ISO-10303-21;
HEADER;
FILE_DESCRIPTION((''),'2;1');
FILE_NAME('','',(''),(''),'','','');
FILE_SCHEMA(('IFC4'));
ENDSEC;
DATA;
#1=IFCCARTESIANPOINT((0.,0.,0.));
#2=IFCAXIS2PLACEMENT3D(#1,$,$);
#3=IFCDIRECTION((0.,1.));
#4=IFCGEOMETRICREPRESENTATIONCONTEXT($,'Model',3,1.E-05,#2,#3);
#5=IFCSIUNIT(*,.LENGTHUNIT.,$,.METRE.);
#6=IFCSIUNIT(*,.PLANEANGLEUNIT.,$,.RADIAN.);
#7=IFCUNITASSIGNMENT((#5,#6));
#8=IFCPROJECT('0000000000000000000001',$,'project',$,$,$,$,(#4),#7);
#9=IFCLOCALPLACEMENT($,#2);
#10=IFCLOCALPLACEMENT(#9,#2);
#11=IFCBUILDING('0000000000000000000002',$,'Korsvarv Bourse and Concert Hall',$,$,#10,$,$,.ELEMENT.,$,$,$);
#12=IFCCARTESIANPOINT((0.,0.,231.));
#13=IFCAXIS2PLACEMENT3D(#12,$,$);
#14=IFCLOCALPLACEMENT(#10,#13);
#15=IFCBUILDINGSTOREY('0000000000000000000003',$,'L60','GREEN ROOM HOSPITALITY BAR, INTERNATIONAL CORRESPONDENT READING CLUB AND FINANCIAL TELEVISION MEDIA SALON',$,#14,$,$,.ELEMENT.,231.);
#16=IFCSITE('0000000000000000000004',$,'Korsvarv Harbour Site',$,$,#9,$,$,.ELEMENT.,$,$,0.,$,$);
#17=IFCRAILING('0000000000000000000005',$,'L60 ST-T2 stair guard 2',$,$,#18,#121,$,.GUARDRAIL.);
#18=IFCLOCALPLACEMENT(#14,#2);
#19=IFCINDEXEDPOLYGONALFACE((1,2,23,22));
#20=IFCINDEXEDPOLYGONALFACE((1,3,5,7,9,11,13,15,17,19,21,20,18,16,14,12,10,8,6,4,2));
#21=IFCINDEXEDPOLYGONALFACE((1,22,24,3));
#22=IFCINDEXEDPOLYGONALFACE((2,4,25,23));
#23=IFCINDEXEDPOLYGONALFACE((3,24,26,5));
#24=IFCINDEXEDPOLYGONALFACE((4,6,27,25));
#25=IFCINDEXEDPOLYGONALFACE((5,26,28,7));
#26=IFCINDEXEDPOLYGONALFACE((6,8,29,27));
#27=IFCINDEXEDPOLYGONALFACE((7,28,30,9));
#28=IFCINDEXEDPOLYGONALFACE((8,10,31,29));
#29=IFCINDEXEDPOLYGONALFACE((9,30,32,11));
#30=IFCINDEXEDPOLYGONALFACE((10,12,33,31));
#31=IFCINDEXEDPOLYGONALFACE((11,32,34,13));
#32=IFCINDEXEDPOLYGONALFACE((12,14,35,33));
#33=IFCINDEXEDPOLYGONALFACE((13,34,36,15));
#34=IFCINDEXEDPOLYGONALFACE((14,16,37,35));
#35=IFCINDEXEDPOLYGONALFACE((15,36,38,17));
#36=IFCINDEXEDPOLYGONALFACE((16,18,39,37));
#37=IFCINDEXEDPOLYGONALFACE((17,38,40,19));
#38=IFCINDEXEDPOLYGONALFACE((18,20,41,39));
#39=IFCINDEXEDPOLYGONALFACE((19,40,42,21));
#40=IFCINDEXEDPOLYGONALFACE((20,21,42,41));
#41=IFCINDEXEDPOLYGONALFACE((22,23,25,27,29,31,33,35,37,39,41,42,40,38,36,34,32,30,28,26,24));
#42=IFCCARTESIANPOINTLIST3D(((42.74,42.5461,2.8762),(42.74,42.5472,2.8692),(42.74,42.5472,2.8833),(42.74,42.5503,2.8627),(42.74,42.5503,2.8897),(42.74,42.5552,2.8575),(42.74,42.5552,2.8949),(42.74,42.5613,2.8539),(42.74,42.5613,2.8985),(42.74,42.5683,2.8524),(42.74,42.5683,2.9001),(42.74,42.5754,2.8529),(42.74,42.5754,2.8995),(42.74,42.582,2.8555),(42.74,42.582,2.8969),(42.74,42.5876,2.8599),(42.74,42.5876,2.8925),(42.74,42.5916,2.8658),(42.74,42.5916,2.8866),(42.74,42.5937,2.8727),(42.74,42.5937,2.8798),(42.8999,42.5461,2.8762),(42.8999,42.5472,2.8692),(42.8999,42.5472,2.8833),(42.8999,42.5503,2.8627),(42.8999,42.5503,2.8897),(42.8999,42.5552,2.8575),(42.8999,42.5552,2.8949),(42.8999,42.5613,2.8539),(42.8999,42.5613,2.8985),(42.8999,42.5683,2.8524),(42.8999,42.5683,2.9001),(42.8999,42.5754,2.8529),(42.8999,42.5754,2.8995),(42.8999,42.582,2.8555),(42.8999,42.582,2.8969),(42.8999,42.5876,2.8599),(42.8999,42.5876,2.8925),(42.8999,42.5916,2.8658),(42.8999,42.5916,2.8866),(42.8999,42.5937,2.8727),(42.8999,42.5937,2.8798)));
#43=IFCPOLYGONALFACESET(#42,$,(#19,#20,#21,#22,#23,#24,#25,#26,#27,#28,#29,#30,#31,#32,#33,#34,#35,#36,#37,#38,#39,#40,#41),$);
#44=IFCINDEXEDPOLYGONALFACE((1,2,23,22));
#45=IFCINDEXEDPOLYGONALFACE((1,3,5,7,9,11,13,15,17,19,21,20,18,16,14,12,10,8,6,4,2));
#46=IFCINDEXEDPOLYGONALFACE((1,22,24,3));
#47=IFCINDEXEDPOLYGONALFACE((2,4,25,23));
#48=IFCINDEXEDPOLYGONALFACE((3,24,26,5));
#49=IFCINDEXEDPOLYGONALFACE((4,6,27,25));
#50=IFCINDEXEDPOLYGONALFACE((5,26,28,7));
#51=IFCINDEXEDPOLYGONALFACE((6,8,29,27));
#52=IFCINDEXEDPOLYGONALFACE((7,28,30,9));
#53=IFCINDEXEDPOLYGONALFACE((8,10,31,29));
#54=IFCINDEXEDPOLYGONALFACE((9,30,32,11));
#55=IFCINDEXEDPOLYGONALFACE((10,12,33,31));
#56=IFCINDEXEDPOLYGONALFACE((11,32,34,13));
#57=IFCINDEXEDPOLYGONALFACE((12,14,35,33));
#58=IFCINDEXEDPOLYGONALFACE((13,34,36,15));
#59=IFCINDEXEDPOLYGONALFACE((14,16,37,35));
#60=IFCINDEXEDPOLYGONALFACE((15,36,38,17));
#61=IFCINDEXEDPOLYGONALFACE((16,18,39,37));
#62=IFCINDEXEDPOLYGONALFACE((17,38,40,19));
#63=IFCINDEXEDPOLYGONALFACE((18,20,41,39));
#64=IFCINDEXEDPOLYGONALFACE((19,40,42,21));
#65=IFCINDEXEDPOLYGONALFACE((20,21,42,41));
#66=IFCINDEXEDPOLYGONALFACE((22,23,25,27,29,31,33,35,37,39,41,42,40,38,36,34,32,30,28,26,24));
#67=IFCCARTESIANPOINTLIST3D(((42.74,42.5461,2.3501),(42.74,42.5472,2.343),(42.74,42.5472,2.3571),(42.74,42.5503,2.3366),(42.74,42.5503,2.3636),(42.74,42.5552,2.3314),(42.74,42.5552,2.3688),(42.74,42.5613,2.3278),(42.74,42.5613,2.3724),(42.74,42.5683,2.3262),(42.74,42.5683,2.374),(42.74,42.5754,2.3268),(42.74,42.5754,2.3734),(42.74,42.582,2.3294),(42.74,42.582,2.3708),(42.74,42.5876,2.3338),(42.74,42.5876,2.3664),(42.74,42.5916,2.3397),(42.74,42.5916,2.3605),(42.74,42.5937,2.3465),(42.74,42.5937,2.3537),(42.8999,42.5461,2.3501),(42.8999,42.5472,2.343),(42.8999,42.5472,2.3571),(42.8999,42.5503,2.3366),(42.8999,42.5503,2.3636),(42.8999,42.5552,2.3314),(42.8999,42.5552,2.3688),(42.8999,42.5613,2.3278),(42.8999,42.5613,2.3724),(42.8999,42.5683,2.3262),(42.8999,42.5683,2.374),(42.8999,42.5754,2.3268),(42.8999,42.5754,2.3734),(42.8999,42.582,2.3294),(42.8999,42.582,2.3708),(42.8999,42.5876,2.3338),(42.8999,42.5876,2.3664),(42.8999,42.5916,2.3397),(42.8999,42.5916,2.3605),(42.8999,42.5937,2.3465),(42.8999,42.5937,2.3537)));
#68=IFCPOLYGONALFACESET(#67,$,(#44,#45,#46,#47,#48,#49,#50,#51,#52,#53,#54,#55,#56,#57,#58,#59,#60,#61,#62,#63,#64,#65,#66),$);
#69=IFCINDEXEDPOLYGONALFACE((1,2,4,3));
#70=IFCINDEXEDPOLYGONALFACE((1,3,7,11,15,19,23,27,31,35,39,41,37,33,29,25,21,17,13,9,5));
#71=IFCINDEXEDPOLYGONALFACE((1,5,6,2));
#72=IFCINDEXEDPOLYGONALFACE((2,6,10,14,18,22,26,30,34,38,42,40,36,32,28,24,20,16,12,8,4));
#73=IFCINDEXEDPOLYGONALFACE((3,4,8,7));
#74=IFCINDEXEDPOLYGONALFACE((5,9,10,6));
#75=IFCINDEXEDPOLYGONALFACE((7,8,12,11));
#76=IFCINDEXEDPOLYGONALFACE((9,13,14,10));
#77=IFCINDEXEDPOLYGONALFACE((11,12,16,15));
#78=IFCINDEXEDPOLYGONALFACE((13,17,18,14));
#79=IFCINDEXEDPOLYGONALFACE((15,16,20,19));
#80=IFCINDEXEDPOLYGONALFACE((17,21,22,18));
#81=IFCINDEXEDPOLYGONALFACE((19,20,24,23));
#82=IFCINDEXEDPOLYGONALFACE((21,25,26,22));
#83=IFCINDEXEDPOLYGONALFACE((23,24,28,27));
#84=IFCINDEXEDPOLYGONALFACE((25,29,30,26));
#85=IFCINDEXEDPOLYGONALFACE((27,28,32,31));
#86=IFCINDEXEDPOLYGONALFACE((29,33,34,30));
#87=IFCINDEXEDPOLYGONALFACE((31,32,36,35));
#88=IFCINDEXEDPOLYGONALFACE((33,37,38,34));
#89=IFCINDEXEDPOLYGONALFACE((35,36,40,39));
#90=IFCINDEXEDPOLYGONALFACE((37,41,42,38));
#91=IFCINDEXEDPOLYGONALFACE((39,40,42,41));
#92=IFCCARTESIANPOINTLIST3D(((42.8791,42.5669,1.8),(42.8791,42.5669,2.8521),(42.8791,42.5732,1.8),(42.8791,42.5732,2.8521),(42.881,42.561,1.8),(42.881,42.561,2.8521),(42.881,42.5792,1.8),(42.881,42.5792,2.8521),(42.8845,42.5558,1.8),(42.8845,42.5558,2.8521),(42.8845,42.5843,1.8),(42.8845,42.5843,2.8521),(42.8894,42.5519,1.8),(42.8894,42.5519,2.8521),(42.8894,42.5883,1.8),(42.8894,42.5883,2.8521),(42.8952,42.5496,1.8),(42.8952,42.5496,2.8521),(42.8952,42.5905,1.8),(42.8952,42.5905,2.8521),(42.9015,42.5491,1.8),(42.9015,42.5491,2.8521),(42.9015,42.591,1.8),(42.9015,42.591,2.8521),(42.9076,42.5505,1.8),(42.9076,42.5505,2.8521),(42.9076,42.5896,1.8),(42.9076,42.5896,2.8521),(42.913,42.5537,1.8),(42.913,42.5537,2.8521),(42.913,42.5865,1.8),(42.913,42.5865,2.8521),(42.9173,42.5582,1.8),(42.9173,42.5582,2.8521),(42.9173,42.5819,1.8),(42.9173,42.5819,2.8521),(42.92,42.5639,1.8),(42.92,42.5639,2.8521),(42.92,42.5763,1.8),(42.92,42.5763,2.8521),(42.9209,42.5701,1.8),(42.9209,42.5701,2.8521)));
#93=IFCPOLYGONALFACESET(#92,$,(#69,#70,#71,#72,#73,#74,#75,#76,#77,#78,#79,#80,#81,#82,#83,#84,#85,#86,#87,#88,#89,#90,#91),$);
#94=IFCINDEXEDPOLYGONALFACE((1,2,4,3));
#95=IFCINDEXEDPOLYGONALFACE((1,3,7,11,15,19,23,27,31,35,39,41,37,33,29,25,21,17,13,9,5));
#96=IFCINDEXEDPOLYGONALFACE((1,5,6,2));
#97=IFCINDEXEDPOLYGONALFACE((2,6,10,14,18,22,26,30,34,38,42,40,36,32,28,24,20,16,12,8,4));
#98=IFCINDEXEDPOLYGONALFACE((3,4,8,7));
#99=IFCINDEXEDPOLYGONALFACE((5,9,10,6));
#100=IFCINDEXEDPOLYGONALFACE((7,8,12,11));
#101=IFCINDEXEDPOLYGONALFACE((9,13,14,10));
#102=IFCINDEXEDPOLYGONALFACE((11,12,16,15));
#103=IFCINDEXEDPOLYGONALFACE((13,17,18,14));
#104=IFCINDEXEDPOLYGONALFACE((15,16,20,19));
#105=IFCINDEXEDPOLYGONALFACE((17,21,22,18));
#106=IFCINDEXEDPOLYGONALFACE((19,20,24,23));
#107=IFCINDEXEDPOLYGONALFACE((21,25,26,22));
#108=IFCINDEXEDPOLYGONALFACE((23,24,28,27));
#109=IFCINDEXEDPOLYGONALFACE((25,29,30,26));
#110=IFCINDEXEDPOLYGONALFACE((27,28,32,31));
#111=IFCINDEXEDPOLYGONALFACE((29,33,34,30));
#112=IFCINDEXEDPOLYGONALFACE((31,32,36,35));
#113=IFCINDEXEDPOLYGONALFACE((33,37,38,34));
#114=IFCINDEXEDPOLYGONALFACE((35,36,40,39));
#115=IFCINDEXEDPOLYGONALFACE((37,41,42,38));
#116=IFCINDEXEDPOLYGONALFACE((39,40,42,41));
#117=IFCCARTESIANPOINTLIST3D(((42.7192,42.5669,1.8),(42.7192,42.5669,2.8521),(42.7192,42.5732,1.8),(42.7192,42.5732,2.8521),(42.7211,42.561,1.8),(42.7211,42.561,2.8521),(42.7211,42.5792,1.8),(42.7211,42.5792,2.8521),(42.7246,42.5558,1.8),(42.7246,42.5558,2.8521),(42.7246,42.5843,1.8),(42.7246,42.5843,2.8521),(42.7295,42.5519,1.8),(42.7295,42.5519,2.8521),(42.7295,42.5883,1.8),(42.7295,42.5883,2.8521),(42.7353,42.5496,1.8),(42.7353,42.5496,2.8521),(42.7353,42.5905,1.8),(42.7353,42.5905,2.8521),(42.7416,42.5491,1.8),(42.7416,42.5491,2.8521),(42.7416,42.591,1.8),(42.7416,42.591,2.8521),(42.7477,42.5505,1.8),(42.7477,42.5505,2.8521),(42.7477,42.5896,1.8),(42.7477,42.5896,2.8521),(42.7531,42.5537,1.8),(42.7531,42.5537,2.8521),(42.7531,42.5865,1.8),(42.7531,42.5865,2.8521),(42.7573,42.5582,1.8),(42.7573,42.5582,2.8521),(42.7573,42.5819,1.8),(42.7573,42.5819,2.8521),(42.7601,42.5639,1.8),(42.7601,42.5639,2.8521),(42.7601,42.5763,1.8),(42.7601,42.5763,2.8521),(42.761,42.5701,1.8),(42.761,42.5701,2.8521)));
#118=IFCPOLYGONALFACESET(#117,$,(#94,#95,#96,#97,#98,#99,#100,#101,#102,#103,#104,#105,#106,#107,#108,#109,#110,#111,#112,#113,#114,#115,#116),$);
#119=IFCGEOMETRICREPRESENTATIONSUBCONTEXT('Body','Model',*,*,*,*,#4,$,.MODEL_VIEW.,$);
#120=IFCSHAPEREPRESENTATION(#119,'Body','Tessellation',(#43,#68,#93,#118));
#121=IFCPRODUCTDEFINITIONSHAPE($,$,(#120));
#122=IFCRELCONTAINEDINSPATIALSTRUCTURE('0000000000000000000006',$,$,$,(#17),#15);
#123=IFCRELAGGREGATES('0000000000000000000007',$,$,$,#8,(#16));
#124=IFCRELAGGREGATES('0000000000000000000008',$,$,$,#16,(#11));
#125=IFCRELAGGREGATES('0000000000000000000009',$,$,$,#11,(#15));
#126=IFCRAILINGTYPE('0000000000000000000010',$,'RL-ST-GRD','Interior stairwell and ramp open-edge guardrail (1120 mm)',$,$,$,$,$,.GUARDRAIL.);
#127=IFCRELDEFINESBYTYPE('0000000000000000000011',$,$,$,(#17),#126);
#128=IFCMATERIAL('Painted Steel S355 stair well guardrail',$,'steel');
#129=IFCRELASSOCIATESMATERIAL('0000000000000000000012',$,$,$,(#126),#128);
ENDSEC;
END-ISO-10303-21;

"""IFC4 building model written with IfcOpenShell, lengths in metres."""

from ifc_helpers import new_model, si_unit, direction, frame, origin, origin_2d, place, context, subcontext, project, spatial, circle, extrude, material, type_object, element, save


model = new_model("IFC4")

# Units and contexts
model_context = context("Model", 3, precision=1e-05, world=origin(), true_north=direction((0.0, 1.0)))
body_context = subcontext(model_context, "Body", "Model", "MODEL_VIEW")
ifc_project = project(units=[si_unit("LENGTHUNIT", "METRE"), si_unit("PLANEANGLEUNIT", "RADIAN")], contexts=[model_context])

# Site, building, storey
site_placement = place(None, origin())
site = spatial("IfcSite", under=ifc_project, at=site_placement, Name="Korsvarv Harbour Site", CompositionType="ELEMENT", RefElevation=0.0)
building_placement = place(site_placement, origin())
building = spatial("IfcBuilding", under=site, at=building_placement, Name="Korsvarv Bourse and Concert Hall", CompositionType="ELEMENT")
storey_placement = place(building_placement, frame((0.0, 0.0, 231.0)))
storey = spatial("IfcBuildingStorey", under=building, at=storey_placement, Name="L60", Description="GREEN ROOM HOSPITALITY BAR, INTERNATIONAL CORRESPONDENT READING CLUB AND FINANCIAL TELEVISION MEDIA SALON", CompositionType="ELEMENT", Elevation=231.0)

# Railing
ifc_material_1 = material(Name="Painted Steel S355 stair well guardrail", Category="steel")
railing_type_1 = type_object("IfcRailingType", Name="RL-ST-GRD", Description="Interior stairwell and ramp open-edge guardrail (1120 mm)", PredefinedType="GUARDRAIL", material=ifc_material_1)
railing_1_placement = place(storey_placement, frame((42.8999, 42.5701, 1.8)))
element("IfcRailing", 1, at=railing_1_placement, inside=storey, type_object=railing_type_1, Name="L60 ST-T2 stair guard 2", PredefinedType="GUARDRAIL", context=body_context, shape_type="SweptSolid", body=[
    extrude(circle(Radius=0.0239, at=origin_2d()), frame((0.0, 0.0, 1.0762), z_axis=(-1.0, 0.0, 0.0), x_axis=(0.0, -1.0, 0.0)), (0.0, 0.0, 1.0), 0.1599),
    extrude(circle(Radius=0.0239, at=origin_2d()), frame((0.0, 0.0, 0.55), z_axis=(-1.0, 0.0, 0.0), x_axis=(0.0, -1.0, 0.0)), (0.0, 0.0, 1.0), 0.1599),
    extrude(circle(Radius=0.021, at=origin_2d()), origin(), (0.0, 0.0, 1.0), 1.052),
    extrude(circle(Radius=0.021, at=origin_2d()), frame((-0.1599, 0.0, 0.0)), (0.0, 0.0, 1.0), 1.052),
])

save(model, "model.ifc")
